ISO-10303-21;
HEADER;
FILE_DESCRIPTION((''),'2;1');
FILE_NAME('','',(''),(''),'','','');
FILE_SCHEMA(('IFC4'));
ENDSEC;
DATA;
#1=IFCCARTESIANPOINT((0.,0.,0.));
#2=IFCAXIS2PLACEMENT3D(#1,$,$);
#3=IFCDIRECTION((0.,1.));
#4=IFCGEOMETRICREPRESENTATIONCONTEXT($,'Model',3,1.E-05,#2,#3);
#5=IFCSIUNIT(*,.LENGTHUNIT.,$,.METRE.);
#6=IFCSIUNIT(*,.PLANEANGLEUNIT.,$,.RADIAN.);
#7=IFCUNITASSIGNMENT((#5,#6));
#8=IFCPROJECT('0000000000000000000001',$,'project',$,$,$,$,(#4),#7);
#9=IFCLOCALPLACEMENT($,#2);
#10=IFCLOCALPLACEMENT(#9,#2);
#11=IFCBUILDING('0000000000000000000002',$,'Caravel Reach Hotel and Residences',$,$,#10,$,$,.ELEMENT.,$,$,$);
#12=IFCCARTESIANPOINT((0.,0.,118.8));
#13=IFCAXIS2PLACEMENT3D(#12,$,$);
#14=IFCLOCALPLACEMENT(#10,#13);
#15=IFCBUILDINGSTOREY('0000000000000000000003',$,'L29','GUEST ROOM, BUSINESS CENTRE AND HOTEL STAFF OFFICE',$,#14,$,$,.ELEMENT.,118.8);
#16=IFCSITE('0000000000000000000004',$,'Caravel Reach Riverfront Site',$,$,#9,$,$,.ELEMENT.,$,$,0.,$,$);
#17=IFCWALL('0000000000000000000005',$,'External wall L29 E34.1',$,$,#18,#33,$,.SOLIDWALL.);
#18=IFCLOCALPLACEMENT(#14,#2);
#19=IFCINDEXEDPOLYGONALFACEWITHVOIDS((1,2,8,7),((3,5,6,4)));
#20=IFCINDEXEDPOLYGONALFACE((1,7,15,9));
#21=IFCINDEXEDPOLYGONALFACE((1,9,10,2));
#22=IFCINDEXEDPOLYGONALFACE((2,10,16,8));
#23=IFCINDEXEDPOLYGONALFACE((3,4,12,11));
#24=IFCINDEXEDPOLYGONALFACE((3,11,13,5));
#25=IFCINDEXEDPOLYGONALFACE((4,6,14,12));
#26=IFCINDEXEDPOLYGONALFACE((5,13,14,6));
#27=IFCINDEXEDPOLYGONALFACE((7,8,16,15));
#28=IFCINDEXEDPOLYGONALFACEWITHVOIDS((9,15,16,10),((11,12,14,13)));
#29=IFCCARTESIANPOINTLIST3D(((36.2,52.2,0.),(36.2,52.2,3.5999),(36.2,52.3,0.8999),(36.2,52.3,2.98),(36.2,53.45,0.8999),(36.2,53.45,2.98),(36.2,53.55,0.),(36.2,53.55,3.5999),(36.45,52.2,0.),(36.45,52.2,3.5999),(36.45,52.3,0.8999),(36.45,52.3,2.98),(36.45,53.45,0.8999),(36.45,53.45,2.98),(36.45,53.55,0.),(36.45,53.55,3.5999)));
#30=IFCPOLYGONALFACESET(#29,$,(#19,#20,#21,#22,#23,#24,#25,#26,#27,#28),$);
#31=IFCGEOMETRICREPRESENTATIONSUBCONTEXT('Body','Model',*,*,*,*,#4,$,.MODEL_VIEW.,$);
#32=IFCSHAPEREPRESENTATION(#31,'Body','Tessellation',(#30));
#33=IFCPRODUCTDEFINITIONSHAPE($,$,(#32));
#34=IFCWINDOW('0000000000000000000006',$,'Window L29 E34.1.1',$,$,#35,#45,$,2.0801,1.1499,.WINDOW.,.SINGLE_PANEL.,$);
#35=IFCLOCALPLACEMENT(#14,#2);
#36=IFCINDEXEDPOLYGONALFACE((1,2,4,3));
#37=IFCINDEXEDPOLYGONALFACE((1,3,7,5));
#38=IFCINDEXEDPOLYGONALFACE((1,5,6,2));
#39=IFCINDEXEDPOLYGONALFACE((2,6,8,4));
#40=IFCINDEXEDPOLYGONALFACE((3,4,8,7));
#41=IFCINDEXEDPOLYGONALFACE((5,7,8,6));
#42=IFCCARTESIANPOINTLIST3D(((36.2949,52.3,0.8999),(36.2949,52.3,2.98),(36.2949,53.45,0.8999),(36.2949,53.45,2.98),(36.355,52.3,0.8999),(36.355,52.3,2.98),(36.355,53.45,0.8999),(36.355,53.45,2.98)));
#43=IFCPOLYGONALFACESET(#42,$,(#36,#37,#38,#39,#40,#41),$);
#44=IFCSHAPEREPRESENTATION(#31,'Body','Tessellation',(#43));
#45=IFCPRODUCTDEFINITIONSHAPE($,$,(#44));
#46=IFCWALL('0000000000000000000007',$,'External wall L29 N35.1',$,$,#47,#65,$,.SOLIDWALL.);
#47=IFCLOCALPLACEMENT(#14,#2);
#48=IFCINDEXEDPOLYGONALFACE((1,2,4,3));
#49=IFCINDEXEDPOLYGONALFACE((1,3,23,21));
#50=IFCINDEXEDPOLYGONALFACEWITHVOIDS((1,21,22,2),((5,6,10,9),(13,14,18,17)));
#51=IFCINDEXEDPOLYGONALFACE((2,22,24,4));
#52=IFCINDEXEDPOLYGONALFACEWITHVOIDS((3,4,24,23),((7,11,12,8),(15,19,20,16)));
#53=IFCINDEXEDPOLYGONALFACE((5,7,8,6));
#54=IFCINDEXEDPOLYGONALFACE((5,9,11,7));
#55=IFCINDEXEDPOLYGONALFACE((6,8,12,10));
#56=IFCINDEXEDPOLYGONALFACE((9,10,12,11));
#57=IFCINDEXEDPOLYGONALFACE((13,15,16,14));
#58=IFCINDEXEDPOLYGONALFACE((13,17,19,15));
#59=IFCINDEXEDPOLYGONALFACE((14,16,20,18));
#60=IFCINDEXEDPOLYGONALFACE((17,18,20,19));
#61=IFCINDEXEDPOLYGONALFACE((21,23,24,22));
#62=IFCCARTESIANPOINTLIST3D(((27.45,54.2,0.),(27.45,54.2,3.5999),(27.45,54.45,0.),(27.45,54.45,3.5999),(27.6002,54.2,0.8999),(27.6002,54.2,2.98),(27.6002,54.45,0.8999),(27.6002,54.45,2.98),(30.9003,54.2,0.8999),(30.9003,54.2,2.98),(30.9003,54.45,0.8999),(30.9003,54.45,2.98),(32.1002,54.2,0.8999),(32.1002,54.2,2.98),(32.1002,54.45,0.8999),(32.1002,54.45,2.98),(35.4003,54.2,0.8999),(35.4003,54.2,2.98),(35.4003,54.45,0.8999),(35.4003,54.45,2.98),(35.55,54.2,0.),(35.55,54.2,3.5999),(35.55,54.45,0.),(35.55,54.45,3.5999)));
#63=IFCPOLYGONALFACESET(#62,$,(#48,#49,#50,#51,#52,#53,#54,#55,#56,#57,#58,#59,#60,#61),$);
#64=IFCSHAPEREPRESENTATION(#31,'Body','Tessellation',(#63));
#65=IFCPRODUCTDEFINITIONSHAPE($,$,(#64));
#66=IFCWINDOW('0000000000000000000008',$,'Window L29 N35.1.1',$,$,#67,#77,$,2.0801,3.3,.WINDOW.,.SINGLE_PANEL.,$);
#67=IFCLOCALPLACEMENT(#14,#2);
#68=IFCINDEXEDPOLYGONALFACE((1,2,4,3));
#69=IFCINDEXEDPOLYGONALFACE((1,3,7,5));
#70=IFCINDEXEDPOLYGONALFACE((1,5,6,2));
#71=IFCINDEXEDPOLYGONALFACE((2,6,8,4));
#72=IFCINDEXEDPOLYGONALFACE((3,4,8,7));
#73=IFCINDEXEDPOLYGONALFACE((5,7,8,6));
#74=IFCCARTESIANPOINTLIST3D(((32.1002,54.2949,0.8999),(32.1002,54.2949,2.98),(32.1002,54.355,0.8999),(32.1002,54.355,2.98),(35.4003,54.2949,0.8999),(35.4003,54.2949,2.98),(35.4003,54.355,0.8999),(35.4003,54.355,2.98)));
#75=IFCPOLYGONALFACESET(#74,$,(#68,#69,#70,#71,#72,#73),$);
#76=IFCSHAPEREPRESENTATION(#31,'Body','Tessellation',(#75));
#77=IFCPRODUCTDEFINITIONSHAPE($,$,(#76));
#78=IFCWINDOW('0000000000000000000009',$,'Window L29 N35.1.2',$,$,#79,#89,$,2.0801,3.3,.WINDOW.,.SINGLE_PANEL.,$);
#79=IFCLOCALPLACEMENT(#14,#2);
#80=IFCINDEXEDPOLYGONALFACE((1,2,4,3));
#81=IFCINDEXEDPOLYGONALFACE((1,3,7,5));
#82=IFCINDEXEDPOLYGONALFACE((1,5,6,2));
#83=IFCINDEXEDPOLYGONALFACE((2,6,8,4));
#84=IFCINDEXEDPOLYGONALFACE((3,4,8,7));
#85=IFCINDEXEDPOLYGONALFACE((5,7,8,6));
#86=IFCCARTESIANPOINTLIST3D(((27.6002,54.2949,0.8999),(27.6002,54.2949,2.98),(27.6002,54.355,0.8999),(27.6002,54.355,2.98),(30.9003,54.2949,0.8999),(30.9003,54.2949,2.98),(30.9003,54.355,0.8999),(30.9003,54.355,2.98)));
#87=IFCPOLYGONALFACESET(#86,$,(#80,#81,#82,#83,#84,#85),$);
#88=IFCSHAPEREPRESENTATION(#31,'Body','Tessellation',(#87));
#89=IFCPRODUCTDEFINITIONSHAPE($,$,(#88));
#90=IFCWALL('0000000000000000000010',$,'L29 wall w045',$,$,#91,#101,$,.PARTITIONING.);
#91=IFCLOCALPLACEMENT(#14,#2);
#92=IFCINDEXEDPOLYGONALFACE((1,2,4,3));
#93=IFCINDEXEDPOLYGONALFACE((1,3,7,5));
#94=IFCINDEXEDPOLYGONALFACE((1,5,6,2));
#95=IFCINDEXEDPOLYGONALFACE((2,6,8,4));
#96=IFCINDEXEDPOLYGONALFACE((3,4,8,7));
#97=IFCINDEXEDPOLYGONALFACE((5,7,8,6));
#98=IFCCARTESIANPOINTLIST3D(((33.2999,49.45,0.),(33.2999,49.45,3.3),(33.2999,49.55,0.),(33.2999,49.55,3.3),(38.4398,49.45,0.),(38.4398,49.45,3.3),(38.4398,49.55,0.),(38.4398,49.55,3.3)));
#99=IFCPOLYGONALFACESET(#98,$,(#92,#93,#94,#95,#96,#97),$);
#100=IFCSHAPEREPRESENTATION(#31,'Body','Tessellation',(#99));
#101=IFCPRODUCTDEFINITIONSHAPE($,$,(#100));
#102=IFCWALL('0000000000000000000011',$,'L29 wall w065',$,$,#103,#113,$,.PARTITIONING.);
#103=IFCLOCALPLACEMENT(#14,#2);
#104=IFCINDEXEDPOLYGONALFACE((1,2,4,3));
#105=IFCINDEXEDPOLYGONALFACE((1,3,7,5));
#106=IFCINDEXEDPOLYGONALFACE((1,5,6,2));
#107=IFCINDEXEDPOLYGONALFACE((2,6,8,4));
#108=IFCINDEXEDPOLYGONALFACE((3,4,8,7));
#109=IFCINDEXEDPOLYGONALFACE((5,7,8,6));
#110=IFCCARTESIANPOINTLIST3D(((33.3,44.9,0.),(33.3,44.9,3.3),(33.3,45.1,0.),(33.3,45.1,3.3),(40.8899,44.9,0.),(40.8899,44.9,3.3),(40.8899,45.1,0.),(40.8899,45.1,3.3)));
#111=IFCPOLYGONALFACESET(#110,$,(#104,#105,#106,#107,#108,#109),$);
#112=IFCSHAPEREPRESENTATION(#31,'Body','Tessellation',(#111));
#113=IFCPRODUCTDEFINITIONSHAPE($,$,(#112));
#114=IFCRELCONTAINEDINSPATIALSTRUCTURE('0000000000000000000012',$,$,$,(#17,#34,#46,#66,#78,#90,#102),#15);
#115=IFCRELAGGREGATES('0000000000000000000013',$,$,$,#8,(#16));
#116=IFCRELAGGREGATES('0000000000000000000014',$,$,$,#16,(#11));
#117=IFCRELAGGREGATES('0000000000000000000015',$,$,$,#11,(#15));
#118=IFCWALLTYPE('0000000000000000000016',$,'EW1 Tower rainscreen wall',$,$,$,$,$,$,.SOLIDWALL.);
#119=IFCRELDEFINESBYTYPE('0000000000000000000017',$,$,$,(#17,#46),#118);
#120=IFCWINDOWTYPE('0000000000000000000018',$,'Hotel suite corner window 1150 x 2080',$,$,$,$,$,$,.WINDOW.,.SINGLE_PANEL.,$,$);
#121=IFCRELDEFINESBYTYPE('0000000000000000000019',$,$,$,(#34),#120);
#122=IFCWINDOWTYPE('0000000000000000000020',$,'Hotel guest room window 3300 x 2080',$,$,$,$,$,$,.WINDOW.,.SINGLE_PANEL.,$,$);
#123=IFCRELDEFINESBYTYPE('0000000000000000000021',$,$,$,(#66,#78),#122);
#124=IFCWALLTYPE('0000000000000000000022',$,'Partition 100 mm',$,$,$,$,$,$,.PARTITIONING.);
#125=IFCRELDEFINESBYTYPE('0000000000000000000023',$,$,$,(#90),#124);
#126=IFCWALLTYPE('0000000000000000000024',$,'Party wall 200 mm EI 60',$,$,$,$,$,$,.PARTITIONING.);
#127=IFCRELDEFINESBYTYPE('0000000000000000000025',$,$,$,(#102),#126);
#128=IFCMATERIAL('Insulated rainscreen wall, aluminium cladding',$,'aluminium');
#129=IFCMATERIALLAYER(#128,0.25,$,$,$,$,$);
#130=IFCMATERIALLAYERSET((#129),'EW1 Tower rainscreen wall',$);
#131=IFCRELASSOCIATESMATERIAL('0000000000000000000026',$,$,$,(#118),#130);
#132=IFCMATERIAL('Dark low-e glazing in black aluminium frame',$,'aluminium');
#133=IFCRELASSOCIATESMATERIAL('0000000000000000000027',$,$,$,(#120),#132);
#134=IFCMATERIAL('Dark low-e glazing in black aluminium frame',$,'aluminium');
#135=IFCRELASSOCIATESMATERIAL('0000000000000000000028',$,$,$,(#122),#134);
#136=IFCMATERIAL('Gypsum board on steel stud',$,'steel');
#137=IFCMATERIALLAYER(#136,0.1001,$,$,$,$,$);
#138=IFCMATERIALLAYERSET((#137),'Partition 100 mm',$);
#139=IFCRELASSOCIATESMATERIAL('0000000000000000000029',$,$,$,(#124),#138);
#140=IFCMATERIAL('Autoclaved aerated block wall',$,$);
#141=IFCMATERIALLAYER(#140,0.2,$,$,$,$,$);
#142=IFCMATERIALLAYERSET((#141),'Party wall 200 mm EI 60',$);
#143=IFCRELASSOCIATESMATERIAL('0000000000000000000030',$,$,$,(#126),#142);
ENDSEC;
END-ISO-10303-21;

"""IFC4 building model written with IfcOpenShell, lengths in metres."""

from ifc_helpers import new_model, si_unit, direction, frame, frame_2d, origin, place, context, subcontext, project, spatial, rectangle, extrude, material, layer, layer_set, type_object, element, fill, save


model = new_model("IFC4")

# Units and contexts
model_context = context("Model", 3, precision=1e-05, world=origin(), true_north=direction((0.0, 1.0)))
body_context = subcontext(model_context, "Body", "Model", "MODEL_VIEW")
ifc_project = project(units=[si_unit("LENGTHUNIT", "METRE"), si_unit("PLANEANGLEUNIT", "RADIAN")], contexts=[model_context])

# Site, building, storey
site_placement = place(None, origin())
site = spatial("IfcSite", under=ifc_project, at=site_placement, Name="Caravel Reach Riverfront Site", CompositionType="ELEMENT", RefElevation=0.0)
building_placement = place(site_placement, origin())
building = spatial("IfcBuilding", under=site, at=building_placement, Name="Caravel Reach Hotel and Residences", CompositionType="ELEMENT")
storey_placement = place(building_placement, frame((0.0, 0.0, 118.8)))
storey = spatial("IfcBuildingStorey", under=building, at=storey_placement, Name="L29", Description="GUEST ROOM, BUSINESS CENTRE AND HOTEL STAFF OFFICE", CompositionType="ELEMENT", Elevation=118.8)

# Wall, opening, window
ifc_material_1 = material(Name="Insulated rainscreen wall, aluminium cladding", Category="aluminium")
ifc_layer_1 = layer(ifc_material_1, 0.25)
ifc_layer_set_1 = layer_set([ifc_layer_1], Name="EW1 Tower rainscreen wall")
wall_type_1 = type_object("IfcWallType", Name="EW1 Tower rainscreen wall", PredefinedType="SOLIDWALL", material=ifc_layer_set_1)
ifc_material_2 = material(Name="Dark low-e glazing in black aluminium frame", Category="aluminium")
window_type_1 = type_object("IfcWindowType", Name="Hotel suite corner window 1150 x 2080", PartitioningType="SINGLE_PANEL", PredefinedType="WINDOW", material=ifc_material_2)
wall_1_placement = place(storey_placement, frame((36.325, 52.2, 0.0), z_axis=(0.0, 0.0, 1.0), x_axis=(0.0, 1.0, 0.0)))
wall_1 = element("IfcWall", 1, at=wall_1_placement, inside=storey, type_object=wall_type_1, Name="External wall L29 E34.1", PredefinedType="SOLIDWALL", context=body_context, shape_type="SweptSolid", body=[
    extrude(rectangle(XDim=1.3501, YDim=0.25, at=frame_2d((0.675, 0.0))), origin(), (0.0, 0.0, 1.0), 3.5999),
])
opening_1_placement = place(wall_1_placement, frame((0.1001, 0.0, 0.8999)))
opening_1 = element("IfcOpeningElement", 2, at=opening_1_placement, cuts=wall_1, PredefinedType="OPENING", context=body_context, shape_type="SweptSolid", body=[
    extrude(rectangle(XDim=1.1499, YDim=2.0801, at=frame_2d((0.575, 1.04))), frame((0.0, 0.135, 0.0), z_axis=(0.0, -1.0, 0.0), x_axis=(1.0, 0.0, 0.0)), (0.0, 0.0, 1.0), 0.27),
])
window_1_placement = place(opening_1_placement, origin())
window_1 = element("IfcWindow", 3, at=window_1_placement, inside=storey, type_object=window_type_1, Name="Window L29 E34.1.1", OverallHeight=2.0801, OverallWidth=1.1499, PartitioningType="SINGLE_PANEL", PredefinedType="WINDOW", context=body_context, shape_type="SweptSolid", body=[
    extrude(rectangle(XDim=1.1499, YDim=2.0801, at=frame_2d((0.575, 1.04))), frame((0.0, 0.03, 0.0), z_axis=(0.0, -1.0, 0.0), x_axis=(1.0, 0.0, 0.0)), (0.0, 0.0, 1.0), 0.0601),
])
fill(opening_1, window_1)

# Wall, openings, windows
wall_2_placement = place(storey_placement, frame((35.55, 54.325, 0.0), z_axis=(0.0, 0.0, 1.0), x_axis=(-1.0, 0.0, 0.0)))
wall_2 = element("IfcWall", 4, at=wall_2_placement, inside=storey, type_object=wall_type_1, Name="External wall L29 N35.1", PredefinedType="SOLIDWALL", context=body_context, shape_type="SweptSolid", body=[
    extrude(rectangle(XDim=8.1001, YDim=0.25, at=frame_2d((4.05, 0.0))), origin(), (0.0, 0.0, 1.0), 3.5999),
])
opening_2_placement = place(wall_2_placement, frame((0.1499, 0.0, 0.8999)))
opening_2 = element("IfcOpeningElement", 5, at=opening_2_placement, cuts=wall_2, PredefinedType="OPENING", context=body_context, shape_type="SweptSolid", body=[
    extrude(rectangle(XDim=3.3, YDim=2.0801, at=frame_2d((1.6499, 1.04))), frame((0.0, 0.135, 0.0), z_axis=(0.0, -1.0, 0.0), x_axis=(1.0, 0.0, 0.0)), (0.0, 0.0, 1.0), 0.27),
])
opening_3_placement = place(wall_2_placement, frame((4.6499, 0.0, 0.8999)))
opening_3 = element("IfcOpeningElement", 6, at=opening_3_placement, cuts=wall_2, PredefinedType="OPENING", context=body_context, shape_type="SweptSolid", body=[
    extrude(rectangle(XDim=3.3, YDim=2.0801, at=frame_2d((1.6499, 1.04))), frame((0.0, 0.135, 0.0), z_axis=(0.0, -1.0, 0.0), x_axis=(1.0, 0.0, 0.0)), (0.0, 0.0, 1.0), 0.27),
])
ifc_material_3 = material(Name="Dark low-e glazing in black aluminium frame", Category="aluminium")
window_type_2 = type_object("IfcWindowType", Name="Hotel guest room window 3300 x 2080", PartitioningType="SINGLE_PANEL", PredefinedType="WINDOW", material=ifc_material_3)
window_2_placement = place(opening_2_placement, origin())
window_2 = element("IfcWindow", 7, at=window_2_placement, inside=storey, type_object=window_type_2, Name="Window L29 N35.1.1", OverallHeight=2.0801, OverallWidth=3.3, PartitioningType="SINGLE_PANEL", PredefinedType="WINDOW", context=body_context, shape_type="SweptSolid", body=[
    extrude(rectangle(XDim=3.3, YDim=2.0801, at=frame_2d((1.6499, 1.04))), frame((0.0, 0.03, 0.0), z_axis=(0.0, -1.0, 0.0), x_axis=(1.0, 0.0, 0.0)), (0.0, 0.0, 1.0), 0.0601),
])
fill(opening_2, window_2)
window_3_placement = place(opening_3_placement, origin())
window_3 = element("IfcWindow", 8, at=window_3_placement, inside=storey, type_object=window_type_2, Name="Window L29 N35.1.2", OverallHeight=2.0801, OverallWidth=3.3, PartitioningType="SINGLE_PANEL", PredefinedType="WINDOW", context=body_context, shape_type="SweptSolid", body=[
    extrude(rectangle(XDim=3.3, YDim=2.0801, at=frame_2d((1.6499, 1.04))), frame((0.0, 0.03, 0.0), z_axis=(0.0, -1.0, 0.0), x_axis=(1.0, 0.0, 0.0)), (0.0, 0.0, 1.0), 0.0601),
])
fill(opening_3, window_3)

# Walls
ifc_material_4 = material(Name="Gypsum board on steel stud", Category="steel")
ifc_layer_2 = layer(ifc_material_4, 0.1001)
ifc_layer_set_2 = layer_set([ifc_layer_2], Name="Partition 100 mm")
wall_type_2 = type_object("IfcWallType", Name="Partition 100 mm", PredefinedType="PARTITIONING", material=ifc_layer_set_2)
wall_3_placement = place(storey_placement, frame((33.3, 49.5, 0.0), z_axis=(0.0, 0.0, 1.0), x_axis=(1.0, 0.0, 0.0)))
element("IfcWall", 9, at=wall_3_placement, inside=storey, type_object=wall_type_2, Name="L29 wall w045", PredefinedType="PARTITIONING", context=body_context, shape_type="SweptSolid", body=[
    extrude(rectangle(XDim=5.1399, YDim=0.1001, at=frame_2d((2.5698, 0.0))), origin(), (0.0, 0.0, 1.0), 3.3),
])
ifc_material_5 = material(Name="Autoclaved aerated block wall")
ifc_layer_3 = layer(ifc_material_5, 0.2)
ifc_layer_set_3 = layer_set([ifc_layer_3], Name="Party wall 200 mm EI 60")
wall_type_3 = type_object("IfcWallType", Name="Party wall 200 mm EI 60", PredefinedType="PARTITIONING", material=ifc_layer_set_3)
wall_4_placement = place(storey_placement, frame((33.3, 45.0, 0.0), z_axis=(0.0, 0.0, 1.0), x_axis=(1.0, 0.0, 0.0)))
element("IfcWall", 10, at=wall_4_placement, inside=storey, type_object=wall_type_3, Name="L29 wall w065", PredefinedType="PARTITIONING", context=body_context, shape_type="SweptSolid", body=[
    extrude(rectangle(XDim=7.5898, YDim=0.2, at=frame_2d((3.7949, 0.0))), origin(), (0.0, 0.0, 1.0), 3.3),
])

save(model, "model.ifc")
